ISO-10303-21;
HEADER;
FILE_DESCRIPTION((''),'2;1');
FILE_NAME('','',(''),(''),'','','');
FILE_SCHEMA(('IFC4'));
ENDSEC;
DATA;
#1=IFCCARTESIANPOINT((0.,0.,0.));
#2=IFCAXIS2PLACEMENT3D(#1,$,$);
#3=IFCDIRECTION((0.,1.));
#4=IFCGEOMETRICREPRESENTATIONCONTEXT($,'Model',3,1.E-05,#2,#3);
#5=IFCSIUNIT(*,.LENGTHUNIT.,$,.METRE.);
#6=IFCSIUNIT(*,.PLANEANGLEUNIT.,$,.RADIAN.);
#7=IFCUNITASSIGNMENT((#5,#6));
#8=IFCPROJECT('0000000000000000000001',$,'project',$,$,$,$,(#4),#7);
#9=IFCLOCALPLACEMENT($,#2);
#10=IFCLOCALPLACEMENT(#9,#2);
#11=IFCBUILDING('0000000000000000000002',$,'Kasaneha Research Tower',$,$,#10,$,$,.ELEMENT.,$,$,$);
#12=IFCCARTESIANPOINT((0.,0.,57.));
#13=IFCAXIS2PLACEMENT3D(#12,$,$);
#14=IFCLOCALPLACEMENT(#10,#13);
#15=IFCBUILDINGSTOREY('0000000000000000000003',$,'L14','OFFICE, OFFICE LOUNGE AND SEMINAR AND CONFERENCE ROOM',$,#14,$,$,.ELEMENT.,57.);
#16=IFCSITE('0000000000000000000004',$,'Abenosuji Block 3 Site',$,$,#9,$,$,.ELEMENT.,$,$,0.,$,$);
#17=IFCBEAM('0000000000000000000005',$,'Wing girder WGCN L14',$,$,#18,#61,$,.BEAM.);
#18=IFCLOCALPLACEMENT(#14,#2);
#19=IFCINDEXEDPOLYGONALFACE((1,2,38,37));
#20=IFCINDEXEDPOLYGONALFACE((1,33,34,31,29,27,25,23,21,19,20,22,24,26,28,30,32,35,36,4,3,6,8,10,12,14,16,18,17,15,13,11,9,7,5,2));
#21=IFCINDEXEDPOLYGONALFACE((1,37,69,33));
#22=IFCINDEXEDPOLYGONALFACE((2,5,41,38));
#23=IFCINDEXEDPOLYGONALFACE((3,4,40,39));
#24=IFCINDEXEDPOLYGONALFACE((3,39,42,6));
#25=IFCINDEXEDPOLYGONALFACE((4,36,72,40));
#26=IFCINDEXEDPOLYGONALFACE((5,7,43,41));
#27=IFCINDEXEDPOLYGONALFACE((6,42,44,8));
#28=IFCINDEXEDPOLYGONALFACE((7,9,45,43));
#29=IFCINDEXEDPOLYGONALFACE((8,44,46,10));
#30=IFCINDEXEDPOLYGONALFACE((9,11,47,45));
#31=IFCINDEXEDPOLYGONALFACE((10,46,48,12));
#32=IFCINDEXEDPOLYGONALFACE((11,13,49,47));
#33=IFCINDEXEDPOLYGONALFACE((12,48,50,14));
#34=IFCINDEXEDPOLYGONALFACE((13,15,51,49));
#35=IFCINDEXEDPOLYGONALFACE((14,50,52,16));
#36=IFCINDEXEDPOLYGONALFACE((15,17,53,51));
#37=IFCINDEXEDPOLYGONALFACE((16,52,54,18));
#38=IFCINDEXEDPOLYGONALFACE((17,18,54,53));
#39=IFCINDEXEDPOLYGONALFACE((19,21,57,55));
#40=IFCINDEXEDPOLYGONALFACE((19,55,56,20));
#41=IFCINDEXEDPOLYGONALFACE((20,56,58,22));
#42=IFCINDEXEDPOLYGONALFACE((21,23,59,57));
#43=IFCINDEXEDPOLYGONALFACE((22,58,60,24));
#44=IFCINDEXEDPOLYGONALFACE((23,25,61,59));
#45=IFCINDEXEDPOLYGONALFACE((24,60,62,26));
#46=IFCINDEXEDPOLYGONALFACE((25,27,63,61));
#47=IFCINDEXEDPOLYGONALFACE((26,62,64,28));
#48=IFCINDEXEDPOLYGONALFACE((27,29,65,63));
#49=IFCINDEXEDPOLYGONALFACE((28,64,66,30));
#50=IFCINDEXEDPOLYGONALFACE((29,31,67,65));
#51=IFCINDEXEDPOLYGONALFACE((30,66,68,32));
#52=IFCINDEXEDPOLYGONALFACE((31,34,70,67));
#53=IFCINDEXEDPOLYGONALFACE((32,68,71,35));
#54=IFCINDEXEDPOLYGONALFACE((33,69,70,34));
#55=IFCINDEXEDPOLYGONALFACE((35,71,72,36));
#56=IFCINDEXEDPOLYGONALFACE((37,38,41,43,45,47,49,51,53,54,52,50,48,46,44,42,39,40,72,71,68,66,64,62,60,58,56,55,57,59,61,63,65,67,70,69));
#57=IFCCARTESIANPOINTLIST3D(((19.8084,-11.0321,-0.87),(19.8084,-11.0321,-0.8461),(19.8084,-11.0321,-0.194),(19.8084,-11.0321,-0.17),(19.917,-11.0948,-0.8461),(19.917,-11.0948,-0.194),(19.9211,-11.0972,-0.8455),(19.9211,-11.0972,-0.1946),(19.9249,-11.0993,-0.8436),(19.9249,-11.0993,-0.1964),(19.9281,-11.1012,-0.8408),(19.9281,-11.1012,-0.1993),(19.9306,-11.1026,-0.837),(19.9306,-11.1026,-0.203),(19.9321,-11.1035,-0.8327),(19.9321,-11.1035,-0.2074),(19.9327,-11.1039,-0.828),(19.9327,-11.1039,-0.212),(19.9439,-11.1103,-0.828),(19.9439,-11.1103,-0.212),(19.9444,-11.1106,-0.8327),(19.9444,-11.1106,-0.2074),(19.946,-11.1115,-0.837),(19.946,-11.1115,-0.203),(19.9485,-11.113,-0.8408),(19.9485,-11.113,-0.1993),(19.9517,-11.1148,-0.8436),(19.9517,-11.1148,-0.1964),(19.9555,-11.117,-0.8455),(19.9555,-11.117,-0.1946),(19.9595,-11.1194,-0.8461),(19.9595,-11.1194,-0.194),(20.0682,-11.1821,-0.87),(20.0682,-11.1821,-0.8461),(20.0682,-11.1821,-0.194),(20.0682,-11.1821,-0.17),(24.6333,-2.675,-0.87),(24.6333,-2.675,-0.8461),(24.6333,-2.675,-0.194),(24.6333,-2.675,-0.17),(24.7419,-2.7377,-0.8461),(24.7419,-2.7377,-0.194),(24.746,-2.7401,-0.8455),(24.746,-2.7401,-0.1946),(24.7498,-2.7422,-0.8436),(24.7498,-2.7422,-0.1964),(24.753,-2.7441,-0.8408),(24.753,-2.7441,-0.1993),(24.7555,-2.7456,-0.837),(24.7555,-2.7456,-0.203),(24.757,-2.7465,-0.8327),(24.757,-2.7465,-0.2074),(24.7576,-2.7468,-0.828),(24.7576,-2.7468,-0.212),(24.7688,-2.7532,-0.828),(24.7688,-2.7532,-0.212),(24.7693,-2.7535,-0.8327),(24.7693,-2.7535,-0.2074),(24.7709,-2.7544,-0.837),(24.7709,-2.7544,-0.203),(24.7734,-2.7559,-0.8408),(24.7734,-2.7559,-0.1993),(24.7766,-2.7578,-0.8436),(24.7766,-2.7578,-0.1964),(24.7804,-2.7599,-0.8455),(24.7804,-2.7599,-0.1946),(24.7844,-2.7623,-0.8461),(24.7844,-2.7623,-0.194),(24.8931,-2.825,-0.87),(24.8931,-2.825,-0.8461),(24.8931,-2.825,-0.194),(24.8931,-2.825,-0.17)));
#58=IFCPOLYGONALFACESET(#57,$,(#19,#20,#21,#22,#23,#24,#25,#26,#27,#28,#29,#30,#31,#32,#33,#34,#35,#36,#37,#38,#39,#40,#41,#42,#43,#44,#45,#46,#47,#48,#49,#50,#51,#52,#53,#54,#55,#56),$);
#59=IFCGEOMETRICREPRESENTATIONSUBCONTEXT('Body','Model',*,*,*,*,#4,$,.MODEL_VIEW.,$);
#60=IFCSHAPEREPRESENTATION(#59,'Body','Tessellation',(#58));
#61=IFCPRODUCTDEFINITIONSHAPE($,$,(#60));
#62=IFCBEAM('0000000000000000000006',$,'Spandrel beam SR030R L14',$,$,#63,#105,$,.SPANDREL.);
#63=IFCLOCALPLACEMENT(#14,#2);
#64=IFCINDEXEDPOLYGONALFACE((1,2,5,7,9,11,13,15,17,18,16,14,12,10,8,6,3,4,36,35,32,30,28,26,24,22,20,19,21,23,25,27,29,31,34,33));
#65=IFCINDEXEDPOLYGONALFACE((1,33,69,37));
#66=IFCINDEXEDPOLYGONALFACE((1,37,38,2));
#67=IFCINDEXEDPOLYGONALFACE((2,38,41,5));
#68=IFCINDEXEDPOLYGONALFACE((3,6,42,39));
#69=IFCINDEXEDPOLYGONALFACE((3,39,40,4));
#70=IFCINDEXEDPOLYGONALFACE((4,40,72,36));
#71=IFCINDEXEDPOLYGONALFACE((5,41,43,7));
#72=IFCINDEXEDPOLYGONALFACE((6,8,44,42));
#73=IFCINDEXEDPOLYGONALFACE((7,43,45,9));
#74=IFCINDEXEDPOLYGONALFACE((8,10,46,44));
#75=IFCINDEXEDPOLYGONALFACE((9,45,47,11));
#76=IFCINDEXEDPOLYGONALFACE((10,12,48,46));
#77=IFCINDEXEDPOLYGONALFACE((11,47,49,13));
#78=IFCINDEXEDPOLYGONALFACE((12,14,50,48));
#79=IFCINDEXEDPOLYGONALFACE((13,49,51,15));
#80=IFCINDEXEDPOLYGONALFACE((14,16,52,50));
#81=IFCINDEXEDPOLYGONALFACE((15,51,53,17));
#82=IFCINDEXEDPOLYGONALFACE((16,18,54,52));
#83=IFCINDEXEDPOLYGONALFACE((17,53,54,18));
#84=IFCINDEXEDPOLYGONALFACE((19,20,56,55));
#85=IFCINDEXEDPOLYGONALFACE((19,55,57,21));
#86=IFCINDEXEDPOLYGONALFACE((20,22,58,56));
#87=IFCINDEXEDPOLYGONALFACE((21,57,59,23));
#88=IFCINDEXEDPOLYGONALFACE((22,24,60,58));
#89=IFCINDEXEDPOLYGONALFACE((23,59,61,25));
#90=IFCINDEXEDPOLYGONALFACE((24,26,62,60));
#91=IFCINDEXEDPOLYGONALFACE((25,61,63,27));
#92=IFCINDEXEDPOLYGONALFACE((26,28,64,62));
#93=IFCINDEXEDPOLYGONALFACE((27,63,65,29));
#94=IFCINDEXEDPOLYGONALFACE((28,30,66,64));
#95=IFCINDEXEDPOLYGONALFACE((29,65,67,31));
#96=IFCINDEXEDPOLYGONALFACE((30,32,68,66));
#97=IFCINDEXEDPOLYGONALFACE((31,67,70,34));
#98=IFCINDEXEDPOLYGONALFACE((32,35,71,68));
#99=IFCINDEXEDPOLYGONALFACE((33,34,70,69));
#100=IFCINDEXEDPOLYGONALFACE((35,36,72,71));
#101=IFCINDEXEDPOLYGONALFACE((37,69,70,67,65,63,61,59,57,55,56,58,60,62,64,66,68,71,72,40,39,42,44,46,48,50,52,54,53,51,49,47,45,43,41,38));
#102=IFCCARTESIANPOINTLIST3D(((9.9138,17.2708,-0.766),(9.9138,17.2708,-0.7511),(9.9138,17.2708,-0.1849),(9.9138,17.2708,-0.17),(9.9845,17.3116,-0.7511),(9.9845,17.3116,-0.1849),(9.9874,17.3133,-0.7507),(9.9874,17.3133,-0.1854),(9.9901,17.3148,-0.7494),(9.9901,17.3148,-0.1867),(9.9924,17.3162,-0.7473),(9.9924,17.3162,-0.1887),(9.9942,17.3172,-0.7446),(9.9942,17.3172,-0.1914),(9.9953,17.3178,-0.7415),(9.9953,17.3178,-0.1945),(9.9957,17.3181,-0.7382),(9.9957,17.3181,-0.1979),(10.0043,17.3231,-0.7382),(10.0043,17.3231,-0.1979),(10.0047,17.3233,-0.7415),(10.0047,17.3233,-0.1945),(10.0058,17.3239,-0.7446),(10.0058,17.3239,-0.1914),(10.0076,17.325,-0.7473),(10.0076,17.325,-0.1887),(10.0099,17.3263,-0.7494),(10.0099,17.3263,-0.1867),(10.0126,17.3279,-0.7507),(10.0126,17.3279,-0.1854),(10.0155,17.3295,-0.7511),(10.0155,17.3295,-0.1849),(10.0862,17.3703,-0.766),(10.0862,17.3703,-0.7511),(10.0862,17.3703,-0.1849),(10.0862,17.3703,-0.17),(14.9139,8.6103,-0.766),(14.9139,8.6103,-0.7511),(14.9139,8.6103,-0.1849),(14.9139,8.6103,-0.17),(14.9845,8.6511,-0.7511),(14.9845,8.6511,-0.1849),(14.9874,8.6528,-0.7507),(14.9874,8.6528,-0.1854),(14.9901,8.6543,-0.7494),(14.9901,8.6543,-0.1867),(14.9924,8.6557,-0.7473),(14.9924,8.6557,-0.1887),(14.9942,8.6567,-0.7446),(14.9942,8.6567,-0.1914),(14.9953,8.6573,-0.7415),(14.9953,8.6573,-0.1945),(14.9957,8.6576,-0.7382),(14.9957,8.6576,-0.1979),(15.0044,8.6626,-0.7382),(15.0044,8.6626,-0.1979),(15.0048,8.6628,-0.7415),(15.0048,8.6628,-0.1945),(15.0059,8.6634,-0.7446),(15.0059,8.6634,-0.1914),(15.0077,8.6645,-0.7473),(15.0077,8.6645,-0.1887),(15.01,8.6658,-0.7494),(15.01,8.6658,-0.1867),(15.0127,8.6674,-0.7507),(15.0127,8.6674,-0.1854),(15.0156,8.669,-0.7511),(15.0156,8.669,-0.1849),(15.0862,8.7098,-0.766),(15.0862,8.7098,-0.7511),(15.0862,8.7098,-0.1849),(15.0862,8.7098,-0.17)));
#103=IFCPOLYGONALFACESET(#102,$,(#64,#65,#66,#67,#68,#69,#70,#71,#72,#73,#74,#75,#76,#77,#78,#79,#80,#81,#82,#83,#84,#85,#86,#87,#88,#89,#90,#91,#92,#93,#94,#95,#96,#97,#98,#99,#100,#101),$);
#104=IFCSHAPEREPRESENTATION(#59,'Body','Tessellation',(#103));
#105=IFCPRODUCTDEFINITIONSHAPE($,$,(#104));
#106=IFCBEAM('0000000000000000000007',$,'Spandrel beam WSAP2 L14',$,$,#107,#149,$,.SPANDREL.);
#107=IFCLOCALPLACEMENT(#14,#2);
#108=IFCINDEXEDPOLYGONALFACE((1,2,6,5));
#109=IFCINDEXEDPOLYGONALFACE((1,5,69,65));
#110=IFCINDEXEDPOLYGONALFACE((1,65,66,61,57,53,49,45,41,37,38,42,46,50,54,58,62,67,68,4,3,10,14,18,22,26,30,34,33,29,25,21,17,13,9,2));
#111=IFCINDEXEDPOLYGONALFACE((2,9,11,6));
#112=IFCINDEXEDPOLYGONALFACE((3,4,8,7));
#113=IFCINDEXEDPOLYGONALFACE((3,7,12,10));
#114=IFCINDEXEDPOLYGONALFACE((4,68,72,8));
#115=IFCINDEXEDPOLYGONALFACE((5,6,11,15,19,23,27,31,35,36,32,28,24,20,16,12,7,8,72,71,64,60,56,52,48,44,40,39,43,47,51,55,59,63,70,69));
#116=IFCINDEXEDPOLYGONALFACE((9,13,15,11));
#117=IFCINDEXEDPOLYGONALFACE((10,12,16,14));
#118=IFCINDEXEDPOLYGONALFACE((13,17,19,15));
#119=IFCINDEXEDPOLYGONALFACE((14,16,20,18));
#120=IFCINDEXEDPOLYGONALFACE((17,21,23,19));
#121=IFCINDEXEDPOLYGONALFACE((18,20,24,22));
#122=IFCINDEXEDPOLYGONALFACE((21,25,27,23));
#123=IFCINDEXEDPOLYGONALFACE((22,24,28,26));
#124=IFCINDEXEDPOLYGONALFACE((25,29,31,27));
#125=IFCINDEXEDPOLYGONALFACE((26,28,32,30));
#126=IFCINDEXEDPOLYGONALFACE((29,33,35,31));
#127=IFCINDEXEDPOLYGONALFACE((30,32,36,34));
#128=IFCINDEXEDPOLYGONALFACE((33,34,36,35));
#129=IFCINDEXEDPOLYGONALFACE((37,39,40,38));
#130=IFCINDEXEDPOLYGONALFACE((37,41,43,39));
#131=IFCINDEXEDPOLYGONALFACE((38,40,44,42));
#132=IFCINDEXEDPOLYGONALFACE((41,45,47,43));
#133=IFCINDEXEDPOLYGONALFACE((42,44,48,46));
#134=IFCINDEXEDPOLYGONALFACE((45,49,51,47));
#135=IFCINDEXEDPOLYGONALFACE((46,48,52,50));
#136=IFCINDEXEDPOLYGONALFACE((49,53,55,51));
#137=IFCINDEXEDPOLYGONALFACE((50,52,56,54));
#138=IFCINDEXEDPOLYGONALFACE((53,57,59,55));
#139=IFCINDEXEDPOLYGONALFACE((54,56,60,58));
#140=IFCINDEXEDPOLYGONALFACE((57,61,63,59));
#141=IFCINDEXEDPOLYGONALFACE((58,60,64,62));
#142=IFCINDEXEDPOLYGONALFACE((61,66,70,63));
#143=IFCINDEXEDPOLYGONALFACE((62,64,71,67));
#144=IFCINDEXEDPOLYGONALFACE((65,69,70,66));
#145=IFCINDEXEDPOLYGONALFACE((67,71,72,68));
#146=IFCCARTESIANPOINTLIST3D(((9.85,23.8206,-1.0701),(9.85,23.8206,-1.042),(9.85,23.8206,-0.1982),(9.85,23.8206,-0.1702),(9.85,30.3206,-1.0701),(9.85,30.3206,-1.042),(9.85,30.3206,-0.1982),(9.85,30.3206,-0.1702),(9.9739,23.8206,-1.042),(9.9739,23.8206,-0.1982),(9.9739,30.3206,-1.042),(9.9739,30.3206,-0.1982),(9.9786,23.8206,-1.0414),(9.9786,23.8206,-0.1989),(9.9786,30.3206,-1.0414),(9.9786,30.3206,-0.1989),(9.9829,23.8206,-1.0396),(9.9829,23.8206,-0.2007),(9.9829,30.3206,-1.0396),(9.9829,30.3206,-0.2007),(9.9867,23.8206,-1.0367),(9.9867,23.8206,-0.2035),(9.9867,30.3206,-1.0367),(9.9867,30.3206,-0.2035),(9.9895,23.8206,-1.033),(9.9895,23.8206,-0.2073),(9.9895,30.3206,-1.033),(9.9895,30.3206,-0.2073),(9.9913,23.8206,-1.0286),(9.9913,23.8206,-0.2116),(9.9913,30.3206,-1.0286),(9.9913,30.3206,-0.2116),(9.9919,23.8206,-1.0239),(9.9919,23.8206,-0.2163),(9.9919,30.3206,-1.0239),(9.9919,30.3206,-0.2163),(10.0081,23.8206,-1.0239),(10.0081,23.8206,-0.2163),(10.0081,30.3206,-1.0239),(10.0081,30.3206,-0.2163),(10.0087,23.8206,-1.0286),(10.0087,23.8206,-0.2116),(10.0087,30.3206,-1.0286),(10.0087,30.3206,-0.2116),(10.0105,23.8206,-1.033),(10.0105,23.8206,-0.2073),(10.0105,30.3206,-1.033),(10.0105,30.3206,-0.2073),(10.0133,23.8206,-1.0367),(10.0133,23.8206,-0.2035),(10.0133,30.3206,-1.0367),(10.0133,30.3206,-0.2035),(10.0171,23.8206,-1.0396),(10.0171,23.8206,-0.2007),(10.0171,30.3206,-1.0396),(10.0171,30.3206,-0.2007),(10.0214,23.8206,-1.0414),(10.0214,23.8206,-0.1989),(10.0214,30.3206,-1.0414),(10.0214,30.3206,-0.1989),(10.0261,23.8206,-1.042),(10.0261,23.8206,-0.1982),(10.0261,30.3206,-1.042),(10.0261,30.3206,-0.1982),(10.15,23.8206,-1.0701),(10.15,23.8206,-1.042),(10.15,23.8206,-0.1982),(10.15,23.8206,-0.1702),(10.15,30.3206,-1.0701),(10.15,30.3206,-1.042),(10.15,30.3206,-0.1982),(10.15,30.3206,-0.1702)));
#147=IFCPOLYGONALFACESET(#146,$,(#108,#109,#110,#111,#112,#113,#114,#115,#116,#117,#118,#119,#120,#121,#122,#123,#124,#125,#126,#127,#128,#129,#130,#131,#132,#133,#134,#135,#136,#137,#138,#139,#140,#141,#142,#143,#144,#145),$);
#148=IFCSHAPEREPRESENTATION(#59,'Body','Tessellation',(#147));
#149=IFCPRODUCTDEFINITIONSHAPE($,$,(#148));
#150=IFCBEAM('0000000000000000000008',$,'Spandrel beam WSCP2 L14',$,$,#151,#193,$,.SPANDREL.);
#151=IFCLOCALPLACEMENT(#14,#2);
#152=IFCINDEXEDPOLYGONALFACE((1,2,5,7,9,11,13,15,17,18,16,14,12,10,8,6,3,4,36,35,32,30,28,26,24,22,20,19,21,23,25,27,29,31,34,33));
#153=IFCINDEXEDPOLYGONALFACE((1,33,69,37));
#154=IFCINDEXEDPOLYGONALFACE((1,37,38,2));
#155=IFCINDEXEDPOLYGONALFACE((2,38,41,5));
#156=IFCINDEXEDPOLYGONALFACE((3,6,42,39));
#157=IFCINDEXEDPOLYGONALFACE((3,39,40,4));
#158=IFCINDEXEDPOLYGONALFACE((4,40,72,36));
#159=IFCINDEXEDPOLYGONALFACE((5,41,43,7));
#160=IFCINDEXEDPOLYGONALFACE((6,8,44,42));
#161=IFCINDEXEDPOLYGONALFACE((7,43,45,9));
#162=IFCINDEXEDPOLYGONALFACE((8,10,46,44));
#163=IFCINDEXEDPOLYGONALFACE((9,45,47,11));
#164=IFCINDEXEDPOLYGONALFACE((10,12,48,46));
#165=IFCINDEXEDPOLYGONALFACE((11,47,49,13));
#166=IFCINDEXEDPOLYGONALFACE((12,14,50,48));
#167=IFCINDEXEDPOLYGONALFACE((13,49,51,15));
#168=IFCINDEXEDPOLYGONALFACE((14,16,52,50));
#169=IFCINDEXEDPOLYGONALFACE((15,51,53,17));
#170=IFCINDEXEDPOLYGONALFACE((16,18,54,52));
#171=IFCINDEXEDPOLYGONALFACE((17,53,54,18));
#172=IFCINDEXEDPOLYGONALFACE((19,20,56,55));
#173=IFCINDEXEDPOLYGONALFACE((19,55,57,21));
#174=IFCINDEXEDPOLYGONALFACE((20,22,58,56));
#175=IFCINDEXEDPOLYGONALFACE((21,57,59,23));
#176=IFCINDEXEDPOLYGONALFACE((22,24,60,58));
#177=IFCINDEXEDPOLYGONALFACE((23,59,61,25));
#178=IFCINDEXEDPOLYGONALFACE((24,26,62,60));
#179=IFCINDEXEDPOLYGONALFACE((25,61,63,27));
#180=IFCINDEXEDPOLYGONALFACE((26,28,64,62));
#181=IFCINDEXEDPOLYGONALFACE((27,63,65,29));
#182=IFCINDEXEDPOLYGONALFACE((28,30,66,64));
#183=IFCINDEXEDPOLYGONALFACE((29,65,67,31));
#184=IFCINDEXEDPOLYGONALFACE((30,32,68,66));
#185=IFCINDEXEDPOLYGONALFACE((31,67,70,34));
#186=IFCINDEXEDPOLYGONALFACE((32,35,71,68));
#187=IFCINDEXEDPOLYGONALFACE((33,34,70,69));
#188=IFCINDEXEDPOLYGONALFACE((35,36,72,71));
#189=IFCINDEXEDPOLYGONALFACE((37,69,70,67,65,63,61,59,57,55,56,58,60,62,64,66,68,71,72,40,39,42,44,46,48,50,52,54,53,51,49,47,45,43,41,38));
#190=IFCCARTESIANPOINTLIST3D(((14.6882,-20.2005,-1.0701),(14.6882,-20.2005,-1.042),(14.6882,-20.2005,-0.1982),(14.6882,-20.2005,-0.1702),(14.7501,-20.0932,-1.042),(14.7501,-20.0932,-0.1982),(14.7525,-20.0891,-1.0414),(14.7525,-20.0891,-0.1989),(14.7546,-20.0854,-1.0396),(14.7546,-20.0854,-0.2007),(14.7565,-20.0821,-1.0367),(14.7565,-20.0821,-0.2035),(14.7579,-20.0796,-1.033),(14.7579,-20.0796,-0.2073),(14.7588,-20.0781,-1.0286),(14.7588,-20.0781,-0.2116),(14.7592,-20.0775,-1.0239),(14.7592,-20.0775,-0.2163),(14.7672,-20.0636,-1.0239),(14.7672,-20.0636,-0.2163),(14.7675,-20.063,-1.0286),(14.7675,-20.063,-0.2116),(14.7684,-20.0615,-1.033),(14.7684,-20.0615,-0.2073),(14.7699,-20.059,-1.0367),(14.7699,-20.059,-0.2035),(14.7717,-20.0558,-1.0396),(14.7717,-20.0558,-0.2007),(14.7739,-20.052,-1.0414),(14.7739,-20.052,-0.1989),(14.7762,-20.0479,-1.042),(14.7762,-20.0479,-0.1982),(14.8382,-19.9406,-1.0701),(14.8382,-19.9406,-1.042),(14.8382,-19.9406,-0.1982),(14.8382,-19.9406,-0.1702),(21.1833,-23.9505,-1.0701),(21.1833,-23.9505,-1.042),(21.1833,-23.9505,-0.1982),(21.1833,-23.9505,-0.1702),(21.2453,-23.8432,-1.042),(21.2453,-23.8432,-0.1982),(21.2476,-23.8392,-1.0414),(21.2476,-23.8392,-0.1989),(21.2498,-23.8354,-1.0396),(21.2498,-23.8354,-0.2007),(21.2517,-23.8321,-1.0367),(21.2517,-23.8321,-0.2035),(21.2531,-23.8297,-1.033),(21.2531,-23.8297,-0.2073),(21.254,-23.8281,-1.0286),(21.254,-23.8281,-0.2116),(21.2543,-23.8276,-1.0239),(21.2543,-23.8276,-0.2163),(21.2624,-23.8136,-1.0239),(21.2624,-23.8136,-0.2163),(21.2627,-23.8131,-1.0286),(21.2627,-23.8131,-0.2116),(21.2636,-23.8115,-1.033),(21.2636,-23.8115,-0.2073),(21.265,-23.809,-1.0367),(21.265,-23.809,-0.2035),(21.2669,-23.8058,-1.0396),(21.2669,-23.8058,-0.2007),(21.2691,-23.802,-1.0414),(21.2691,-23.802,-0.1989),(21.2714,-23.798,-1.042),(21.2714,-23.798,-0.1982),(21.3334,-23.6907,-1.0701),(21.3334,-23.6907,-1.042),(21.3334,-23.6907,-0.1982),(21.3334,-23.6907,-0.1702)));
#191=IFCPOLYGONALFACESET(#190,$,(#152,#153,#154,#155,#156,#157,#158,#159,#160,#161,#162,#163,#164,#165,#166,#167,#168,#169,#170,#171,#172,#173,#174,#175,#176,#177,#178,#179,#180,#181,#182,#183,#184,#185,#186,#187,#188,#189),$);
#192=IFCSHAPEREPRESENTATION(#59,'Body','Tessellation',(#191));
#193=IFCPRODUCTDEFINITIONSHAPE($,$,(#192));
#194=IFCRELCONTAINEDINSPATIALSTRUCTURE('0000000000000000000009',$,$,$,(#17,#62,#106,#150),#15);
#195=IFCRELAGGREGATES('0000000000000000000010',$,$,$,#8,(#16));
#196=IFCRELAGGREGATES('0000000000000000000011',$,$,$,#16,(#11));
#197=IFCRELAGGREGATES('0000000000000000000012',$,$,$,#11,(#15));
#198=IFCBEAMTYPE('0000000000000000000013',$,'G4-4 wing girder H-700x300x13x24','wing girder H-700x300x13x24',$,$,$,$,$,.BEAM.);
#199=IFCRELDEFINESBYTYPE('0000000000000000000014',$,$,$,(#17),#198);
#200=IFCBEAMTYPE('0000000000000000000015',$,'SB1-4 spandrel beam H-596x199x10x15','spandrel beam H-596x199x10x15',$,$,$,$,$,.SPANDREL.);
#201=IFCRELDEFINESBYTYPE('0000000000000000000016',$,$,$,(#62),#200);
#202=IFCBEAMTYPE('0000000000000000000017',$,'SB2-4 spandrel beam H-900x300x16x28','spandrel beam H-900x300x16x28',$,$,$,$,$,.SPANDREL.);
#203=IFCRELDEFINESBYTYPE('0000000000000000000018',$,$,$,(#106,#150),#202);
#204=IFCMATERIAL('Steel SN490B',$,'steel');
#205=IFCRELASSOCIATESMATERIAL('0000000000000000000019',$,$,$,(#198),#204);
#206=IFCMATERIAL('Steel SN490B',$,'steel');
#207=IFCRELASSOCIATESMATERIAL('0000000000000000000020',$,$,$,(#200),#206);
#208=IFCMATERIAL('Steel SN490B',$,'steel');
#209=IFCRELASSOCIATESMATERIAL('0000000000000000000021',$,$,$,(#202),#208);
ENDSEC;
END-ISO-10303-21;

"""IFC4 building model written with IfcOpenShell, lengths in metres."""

from ifc_helpers import new_model, si_unit, direction, frame, origin, origin_2d, place, context, subcontext, project, spatial, i_section, extrude, material, material_profile, profile_set, type_object, element, save


model = new_model("IFC4")

# Units and contexts
model_context = context("Model", 3, precision=1e-05, world=origin(), true_north=direction((0.0, 1.0)))
body_context = subcontext(model_context, "Body", "Model", "MODEL_VIEW")
ifc_project = project(units=[si_unit("LENGTHUNIT", "METRE"), si_unit("PLANEANGLEUNIT", "RADIAN")], contexts=[model_context])

# Site, building, storey
site_placement = place(None, origin())
site = spatial("IfcSite", under=ifc_project, at=site_placement, Name="Abenosuji Block 3 Site", CompositionType="ELEMENT", RefElevation=0.0)
building_placement = place(site_placement, origin())
building = spatial("IfcBuilding", under=site, at=building_placement, Name="Kasaneha Research Tower", CompositionType="ELEMENT")
storey_placement = place(building_placement, frame((0.0, 0.0, 57.0)))
storey = spatial("IfcBuildingStorey", under=building, at=storey_placement, Name="L14", Description="OFFICE, OFFICE LOUNGE AND SEMINAR AND CONFERENCE ROOM", CompositionType="ELEMENT", Elevation=57.0)

# Beams
ifc_material_1 = material(Name="Steel SN490B", Category="steel")
ifc_material_profile_1 = material_profile(ifc_material_1, i_section(OverallWidth=0.3, OverallDepth=0.7, WebThickness=0.0129, FlangeThickness=0.0239, FilletRadius=0.0181, at=origin_2d()), Name="H-700x300x13x24")
ifc_profile_set_1 = profile_set([ifc_material_profile_1], Name="Steel SN490B")
beam_type_1 = type_object("IfcBeamType", Name="G4-4 wing girder H-700x300x13x24", Description="wing girder H-700x300x13x24", PredefinedType="BEAM", material=ifc_profile_set_1)
for number, where, z_axis, x_axis, name in (
    (1, (24.7632, -2.75, -0.52), (-0.499995, -0.866028, 0.0), (0.866028, -0.499995, 0.0), "Wing girder WGCN L14"),
):
    element("IfcBeam", number, at=place(storey_placement, frame(where, z_axis=z_axis, x_axis=x_axis)), inside=storey, type_object=beam_type_1, Name=name, PredefinedType="BEAM", context=body_context, shape_type="SweptSolid", body=[
        extrude(i_section(OverallWidth=0.3, OverallDepth=0.7, WebThickness=0.0129, FlangeThickness=0.0239, FilletRadius=0.0181, at=origin_2d()), origin(), (0.0, 0.0, 1.0), 9.6499),
    ])
ifc_material_2 = material(Name="Steel SN490B", Category="steel")
ifc_material_profile_2 = material_profile(ifc_material_2, i_section(OverallWidth=0.199, OverallDepth=0.5959, WebThickness=0.01, FlangeThickness=0.0149, FilletRadius=0.0129, at=origin_2d()), Name="H-596x199x10x15")
ifc_profile_set_2 = profile_set([ifc_material_profile_2], Name="Steel SN490B")
beam_type_2 = type_object("IfcBeamType", Name="SB1-4 spandrel beam H-596x199x10x15", Description="spandrel beam H-596x199x10x15", PredefinedType="SPANDREL", material=ifc_profile_set_2)
beam_1_placement = place(storey_placement, frame((10.0, 17.3206, -0.468), z_axis=(0.499994, -0.866029, 0.0), x_axis=(0.866029, 0.499994, 0.0)))
element("IfcBeam", 2, at=beam_1_placement, inside=storey, type_object=beam_type_2, Name="Spandrel beam SR030R L14", PredefinedType="SPANDREL", context=body_context, shape_type="SweptSolid", body=[
    extrude(i_section(OverallWidth=0.199, OverallDepth=0.5959, WebThickness=0.01, FlangeThickness=0.0149, FilletRadius=0.0129, at=origin_2d()), origin(), (0.0, 0.0, 1.0), 10.0002),
])
ifc_material_3 = material(Name="Steel SN490B", Category="steel")
ifc_material_profile_3 = material_profile(ifc_material_3, i_section(OverallWidth=0.3, OverallDepth=0.8999, WebThickness=0.0161, FlangeThickness=0.0281, FilletRadius=0.0181, at=origin_2d()), Name="H-900x300x16x28")
ifc_profile_set_3 = profile_set([ifc_material_profile_3], Name="Steel SN490B")
beam_type_3 = type_object("IfcBeamType", Name="SB2-4 spandrel beam H-900x300x16x28", Description="spandrel beam H-900x300x16x28", PredefinedType="SPANDREL", material=ifc_profile_set_3)
beam_2_placement = place(storey_placement, frame((10.0, 23.8206, -0.6201), z_axis=(0.0, 1.0, 0.0), x_axis=(-1.0, 0.0, 0.0)))
element("IfcBeam", 3, at=beam_2_placement, inside=storey, type_object=beam_type_3, Name="Spandrel beam WSAP2 L14", PredefinedType="SPANDREL", context=body_context, shape_type="SweptSolid", body=[
    extrude(i_section(OverallWidth=0.3, OverallDepth=0.8999, WebThickness=0.0161, FlangeThickness=0.0281, FilletRadius=0.0181, at=origin_2d()), origin(), (0.0, 0.0, 1.0), 6.5),
])
for number, where, z_axis, x_axis, name in (
    (4, (14.7632, -20.0706, -0.6201), (0.866023, -0.500004, 0.0), (0.500004, 0.866023, 0.0), "Spandrel beam WSCP2 L14"),
):
    element("IfcBeam", number, at=place(storey_placement, frame(where, z_axis=z_axis, x_axis=x_axis)), inside=storey, type_object=beam_type_3, Name=name, PredefinedType="SPANDREL", context=body_context, shape_type="SweptSolid", body=[
        extrude(i_section(OverallWidth=0.3, OverallDepth=0.8999, WebThickness=0.0161, FlangeThickness=0.0281, FilletRadius=0.0181, at=origin_2d()), origin(), (0.0, 0.0, 1.0), 7.5),
    ])

save(model, "model.ifc")
